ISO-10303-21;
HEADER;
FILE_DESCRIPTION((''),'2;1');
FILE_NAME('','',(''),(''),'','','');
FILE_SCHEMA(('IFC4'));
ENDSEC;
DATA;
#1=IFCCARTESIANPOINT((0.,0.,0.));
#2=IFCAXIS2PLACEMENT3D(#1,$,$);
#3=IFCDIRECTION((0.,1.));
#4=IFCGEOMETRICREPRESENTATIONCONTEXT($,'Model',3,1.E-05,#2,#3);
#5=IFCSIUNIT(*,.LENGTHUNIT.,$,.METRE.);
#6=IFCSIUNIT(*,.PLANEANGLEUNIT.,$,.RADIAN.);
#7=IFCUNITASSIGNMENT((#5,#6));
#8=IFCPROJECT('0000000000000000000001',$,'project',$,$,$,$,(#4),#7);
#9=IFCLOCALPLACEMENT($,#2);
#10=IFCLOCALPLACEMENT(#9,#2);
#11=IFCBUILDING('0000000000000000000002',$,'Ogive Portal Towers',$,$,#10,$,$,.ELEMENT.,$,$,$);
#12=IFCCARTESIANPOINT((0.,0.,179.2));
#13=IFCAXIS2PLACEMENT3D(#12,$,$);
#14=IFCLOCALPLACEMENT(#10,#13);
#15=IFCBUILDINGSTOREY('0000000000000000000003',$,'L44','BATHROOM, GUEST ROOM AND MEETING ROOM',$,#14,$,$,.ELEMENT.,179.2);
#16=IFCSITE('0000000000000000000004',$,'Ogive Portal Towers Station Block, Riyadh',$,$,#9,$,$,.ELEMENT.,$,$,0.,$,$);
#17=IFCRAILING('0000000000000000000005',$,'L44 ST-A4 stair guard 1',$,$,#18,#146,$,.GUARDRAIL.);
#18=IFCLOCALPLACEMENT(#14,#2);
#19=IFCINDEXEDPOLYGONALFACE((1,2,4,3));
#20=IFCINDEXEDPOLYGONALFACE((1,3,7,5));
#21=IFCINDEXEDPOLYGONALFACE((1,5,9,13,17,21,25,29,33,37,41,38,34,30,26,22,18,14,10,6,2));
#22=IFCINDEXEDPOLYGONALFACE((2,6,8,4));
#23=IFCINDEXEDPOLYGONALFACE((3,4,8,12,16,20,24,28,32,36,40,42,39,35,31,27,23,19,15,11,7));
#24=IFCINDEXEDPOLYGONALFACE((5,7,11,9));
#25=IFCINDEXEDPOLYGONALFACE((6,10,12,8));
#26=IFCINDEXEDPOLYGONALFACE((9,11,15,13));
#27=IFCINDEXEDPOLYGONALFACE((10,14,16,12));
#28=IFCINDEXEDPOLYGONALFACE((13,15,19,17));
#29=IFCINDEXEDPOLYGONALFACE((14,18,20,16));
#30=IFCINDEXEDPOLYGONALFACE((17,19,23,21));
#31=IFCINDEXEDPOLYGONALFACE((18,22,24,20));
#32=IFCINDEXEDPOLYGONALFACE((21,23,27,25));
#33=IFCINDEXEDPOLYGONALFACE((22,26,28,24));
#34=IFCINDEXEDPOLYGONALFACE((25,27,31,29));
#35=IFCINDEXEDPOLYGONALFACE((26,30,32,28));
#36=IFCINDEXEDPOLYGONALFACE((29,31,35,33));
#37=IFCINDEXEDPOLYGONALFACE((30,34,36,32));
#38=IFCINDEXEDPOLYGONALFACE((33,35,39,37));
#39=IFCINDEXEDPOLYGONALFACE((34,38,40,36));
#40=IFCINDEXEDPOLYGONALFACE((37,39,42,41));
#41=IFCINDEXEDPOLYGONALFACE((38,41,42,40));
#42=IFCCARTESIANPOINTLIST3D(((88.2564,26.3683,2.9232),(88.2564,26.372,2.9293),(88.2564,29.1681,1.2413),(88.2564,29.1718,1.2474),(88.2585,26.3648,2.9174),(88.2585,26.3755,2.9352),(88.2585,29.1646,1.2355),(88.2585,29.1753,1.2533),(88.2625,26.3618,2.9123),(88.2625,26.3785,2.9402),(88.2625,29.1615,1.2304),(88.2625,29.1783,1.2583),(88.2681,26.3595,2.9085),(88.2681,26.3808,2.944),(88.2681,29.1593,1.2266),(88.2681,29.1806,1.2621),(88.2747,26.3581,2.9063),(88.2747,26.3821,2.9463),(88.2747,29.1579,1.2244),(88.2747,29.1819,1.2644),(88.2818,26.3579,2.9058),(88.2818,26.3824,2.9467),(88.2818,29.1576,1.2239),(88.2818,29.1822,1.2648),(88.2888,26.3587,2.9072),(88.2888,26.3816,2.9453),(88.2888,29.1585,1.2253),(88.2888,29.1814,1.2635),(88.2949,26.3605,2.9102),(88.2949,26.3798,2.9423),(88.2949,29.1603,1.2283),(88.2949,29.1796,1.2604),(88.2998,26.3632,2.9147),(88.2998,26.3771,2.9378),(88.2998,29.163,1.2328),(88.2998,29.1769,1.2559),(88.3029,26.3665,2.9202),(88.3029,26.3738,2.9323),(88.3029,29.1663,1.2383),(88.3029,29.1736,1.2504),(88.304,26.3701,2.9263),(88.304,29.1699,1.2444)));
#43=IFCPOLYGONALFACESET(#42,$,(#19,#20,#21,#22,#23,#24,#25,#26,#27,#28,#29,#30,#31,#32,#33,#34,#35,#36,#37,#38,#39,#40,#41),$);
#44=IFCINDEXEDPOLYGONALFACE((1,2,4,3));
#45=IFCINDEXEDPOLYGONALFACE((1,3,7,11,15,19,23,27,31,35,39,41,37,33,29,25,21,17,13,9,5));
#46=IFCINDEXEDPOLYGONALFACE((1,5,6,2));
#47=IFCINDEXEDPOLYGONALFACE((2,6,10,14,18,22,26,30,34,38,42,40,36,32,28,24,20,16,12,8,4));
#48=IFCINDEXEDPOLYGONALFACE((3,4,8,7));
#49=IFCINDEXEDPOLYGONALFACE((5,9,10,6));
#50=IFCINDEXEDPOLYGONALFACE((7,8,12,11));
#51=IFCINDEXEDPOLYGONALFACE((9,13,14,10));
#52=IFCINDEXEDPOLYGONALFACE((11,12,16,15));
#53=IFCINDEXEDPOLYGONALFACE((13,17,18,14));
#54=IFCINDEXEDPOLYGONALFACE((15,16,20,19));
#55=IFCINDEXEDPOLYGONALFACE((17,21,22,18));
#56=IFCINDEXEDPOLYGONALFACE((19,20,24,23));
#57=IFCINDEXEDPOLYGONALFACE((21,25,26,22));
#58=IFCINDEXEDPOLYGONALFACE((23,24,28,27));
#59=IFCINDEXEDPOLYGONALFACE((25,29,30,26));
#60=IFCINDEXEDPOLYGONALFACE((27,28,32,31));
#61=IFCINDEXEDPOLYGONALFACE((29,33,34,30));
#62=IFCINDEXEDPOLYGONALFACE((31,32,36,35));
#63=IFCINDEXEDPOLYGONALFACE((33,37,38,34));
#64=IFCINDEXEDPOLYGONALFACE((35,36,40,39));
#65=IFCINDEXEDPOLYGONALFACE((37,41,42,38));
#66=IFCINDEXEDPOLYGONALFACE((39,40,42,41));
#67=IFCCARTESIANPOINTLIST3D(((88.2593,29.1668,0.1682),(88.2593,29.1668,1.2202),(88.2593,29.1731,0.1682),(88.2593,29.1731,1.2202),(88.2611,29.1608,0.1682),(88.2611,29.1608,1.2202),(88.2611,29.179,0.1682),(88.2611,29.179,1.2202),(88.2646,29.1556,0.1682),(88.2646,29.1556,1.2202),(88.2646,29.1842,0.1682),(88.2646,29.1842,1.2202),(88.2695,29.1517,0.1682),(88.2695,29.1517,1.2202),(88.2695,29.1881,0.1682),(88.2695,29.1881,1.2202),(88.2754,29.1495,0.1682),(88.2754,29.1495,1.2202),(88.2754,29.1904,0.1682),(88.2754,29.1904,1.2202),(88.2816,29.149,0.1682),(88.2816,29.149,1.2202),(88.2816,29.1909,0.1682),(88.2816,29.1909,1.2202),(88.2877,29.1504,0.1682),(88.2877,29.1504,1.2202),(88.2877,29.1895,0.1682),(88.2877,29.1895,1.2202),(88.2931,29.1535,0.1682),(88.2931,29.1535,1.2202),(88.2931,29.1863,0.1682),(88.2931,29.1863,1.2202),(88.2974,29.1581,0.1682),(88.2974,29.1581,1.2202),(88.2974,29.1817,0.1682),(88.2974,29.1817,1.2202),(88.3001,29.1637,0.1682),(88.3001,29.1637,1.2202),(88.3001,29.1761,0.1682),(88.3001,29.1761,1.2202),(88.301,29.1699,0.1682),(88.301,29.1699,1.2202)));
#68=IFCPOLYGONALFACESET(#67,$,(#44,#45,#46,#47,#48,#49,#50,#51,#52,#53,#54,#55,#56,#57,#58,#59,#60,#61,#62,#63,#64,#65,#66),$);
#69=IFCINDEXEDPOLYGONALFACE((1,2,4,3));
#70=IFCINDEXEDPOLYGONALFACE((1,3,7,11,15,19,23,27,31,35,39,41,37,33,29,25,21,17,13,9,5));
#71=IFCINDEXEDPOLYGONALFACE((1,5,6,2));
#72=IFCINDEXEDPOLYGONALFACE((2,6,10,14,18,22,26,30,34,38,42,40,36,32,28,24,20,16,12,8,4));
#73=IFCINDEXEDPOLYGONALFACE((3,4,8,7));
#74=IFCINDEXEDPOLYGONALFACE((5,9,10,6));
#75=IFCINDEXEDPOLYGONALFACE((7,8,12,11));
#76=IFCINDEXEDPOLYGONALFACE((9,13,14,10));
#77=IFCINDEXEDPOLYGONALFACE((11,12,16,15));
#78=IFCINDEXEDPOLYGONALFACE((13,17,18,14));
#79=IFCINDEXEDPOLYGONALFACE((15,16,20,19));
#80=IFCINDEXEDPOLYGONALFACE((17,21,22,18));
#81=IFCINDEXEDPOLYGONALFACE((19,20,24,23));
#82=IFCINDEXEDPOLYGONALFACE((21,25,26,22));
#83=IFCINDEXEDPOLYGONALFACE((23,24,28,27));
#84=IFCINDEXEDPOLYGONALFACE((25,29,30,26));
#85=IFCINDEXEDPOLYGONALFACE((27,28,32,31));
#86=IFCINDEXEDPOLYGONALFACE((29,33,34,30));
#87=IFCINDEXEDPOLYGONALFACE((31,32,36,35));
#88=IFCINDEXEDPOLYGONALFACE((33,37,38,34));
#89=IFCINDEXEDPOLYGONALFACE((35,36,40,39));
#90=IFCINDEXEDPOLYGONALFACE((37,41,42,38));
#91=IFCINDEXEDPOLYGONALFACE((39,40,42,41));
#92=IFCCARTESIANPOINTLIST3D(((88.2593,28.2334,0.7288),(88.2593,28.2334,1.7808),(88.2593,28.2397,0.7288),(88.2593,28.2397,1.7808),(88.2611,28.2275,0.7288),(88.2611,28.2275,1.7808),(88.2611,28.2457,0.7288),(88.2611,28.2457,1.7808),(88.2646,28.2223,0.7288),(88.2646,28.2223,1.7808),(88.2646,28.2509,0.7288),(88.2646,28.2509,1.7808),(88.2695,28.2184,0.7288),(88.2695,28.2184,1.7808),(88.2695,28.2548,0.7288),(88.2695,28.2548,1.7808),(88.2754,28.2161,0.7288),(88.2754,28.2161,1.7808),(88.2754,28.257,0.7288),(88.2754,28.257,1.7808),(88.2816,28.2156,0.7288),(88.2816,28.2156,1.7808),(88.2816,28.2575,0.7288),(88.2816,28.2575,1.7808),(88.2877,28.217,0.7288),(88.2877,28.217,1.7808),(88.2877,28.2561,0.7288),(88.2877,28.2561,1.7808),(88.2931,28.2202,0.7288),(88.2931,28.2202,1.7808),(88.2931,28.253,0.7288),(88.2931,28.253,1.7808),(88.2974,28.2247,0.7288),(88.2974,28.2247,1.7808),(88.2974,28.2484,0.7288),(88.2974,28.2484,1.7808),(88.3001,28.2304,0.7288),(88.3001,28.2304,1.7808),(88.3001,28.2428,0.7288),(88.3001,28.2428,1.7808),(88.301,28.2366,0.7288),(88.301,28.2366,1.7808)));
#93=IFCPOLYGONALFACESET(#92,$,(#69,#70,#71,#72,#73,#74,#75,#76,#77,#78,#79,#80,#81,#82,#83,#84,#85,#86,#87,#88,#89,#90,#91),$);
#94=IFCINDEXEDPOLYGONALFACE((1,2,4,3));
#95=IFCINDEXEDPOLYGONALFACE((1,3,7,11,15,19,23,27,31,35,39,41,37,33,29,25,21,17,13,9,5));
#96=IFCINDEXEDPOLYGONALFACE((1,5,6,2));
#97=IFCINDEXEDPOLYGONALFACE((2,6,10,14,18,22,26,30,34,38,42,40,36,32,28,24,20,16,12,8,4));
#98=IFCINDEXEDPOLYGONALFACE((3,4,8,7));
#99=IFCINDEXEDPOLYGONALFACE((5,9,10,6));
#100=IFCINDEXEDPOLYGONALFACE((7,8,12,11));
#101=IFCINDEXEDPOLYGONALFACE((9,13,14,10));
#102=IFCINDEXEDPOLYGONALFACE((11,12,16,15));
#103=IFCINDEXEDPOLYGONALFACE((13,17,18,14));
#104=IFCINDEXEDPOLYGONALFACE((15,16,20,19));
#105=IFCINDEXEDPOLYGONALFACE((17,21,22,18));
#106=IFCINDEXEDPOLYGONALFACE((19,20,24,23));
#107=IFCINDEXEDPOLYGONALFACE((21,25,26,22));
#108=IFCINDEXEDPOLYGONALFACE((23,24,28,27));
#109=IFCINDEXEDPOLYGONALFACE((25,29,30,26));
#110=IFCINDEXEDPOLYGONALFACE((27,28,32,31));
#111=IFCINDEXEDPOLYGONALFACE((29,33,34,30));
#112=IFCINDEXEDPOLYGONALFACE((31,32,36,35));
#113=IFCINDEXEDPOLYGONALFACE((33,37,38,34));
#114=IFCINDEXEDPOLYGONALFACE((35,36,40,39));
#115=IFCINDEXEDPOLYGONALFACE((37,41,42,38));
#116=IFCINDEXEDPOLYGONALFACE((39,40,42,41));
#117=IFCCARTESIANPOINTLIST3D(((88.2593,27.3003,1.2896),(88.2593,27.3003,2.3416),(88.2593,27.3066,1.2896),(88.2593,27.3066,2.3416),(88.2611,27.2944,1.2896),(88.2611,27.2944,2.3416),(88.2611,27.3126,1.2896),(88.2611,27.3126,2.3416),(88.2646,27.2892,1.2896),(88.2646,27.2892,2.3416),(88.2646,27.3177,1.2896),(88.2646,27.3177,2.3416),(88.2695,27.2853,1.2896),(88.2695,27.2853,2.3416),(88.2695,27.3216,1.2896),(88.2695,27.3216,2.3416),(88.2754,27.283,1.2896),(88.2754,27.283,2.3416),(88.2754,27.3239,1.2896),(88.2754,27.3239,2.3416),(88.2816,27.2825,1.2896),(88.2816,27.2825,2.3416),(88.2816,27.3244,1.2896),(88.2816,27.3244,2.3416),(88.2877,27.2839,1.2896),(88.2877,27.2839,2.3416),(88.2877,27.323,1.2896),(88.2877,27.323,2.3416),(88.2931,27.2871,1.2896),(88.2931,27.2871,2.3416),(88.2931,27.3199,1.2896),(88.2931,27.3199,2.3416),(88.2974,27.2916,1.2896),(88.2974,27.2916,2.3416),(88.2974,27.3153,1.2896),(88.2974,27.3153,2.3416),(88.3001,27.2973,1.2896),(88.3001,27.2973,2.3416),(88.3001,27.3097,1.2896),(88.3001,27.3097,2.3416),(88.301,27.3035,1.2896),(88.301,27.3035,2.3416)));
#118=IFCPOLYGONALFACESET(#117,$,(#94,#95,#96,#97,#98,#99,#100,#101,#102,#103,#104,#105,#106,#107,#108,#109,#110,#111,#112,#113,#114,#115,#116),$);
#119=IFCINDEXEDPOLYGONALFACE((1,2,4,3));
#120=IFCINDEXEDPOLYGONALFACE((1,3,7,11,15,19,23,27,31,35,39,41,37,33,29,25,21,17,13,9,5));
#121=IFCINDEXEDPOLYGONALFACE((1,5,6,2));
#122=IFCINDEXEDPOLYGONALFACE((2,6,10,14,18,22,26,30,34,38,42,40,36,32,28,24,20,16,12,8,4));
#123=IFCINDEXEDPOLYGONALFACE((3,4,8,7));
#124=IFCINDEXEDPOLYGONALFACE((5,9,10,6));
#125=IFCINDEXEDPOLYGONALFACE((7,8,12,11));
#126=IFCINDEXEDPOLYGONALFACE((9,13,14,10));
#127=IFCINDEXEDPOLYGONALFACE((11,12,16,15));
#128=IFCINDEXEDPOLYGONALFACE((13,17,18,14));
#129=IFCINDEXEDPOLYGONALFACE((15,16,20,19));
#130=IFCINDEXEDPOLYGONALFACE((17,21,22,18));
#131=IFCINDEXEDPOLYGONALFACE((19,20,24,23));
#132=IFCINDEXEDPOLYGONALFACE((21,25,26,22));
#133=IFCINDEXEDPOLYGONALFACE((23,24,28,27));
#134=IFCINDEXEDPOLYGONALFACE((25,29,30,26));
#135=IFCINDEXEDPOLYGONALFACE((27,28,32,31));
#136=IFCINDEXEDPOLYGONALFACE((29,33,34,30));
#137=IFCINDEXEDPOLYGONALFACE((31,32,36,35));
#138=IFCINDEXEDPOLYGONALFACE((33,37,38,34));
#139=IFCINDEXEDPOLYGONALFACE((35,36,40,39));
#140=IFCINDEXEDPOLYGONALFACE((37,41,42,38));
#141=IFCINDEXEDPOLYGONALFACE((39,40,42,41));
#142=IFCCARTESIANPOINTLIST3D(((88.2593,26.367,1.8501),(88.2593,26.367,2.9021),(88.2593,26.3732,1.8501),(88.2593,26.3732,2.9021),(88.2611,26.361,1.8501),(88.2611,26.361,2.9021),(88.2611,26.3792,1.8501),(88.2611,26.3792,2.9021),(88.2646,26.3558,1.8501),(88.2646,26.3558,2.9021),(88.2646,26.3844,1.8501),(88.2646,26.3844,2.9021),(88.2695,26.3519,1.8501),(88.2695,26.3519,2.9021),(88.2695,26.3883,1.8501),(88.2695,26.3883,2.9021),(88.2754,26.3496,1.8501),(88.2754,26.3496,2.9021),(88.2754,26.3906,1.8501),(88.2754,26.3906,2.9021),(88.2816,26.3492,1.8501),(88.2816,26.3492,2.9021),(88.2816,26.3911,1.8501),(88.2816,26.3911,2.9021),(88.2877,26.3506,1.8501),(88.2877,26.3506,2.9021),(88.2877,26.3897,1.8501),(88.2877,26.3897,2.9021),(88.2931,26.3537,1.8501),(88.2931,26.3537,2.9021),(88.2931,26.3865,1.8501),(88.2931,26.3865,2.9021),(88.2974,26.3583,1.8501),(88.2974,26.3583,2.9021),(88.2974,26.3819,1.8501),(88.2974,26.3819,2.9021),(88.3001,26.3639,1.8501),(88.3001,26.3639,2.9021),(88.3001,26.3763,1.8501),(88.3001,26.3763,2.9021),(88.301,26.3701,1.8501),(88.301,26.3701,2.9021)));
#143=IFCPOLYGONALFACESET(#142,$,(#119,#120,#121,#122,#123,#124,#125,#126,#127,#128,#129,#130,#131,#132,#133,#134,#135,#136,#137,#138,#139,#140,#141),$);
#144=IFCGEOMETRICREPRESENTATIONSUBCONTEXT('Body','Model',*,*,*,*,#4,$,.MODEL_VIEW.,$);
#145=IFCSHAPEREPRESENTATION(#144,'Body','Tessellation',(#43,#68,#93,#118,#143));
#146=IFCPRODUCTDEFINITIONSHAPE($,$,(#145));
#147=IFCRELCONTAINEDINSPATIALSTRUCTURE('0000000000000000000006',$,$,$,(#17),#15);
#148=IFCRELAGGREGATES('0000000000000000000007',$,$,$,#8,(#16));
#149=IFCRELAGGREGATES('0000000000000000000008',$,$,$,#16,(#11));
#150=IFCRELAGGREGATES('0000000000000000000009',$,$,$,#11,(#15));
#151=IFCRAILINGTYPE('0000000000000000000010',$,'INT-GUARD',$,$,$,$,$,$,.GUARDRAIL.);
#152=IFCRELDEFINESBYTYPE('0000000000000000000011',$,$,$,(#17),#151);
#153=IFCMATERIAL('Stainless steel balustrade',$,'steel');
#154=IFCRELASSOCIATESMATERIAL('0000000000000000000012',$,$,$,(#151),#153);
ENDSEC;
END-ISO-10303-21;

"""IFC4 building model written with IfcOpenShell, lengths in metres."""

from ifc_helpers import new_model, si_unit, direction, frame, origin, origin_2d, place, context, subcontext, project, spatial, circle, extrude, material, type_object, element, save


model = new_model("IFC4")

# Units and contexts
model_context = context("Model", 3, precision=1e-05, world=origin(), true_north=direction((0.0, 1.0)))
body_context = subcontext(model_context, "Body", "Model", "MODEL_VIEW")
ifc_project = project(units=[si_unit("LENGTHUNIT", "METRE"), si_unit("PLANEANGLEUNIT", "RADIAN")], contexts=[model_context])

# Site, building, storey
site_placement = place(None, origin())
site = spatial("IfcSite", under=ifc_project, at=site_placement, Name="Ogive Portal Towers Station Block, Riyadh", CompositionType="ELEMENT", RefElevation=0.0)
building_placement = place(site_placement, origin())
building = spatial("IfcBuilding", under=site, at=building_placement, Name="Ogive Portal Towers", CompositionType="ELEMENT")
storey_placement = place(building_placement, frame((0.0, 0.0, 179.2)))
storey = spatial("IfcBuildingStorey", under=building, at=storey_placement, Name="L44", Description="BATHROOM, GUEST ROOM AND MEETING ROOM", CompositionType="ELEMENT", Elevation=179.2)

# Railing
ifc_material_1 = material(Name="Stainless steel balustrade", Category="steel")
railing_type_1 = type_object("IfcRailingType", Name="INT-GUARD", PredefinedType="GUARDRAIL", material=ifc_material_1)
railing_1_placement = place(storey_placement, frame((88.28, 29.1699, 0.1682)))
element("IfcRailing", 1, at=railing_1_placement, inside=storey, type_object=railing_type_1, Name="L44 ST-A4 stair guard 1", PredefinedType="GUARDRAIL", context=body_context, shape_type="SweptSolid", body=[
    extrude(circle(Radius=0.0239, at=origin_2d()), frame((0.0, 0.0, 1.0762), z_axis=(0.0, -0.857222, 0.514946), x_axis=(1.0, 0.0, 0.0)), (0.0, 0.0, 1.0), 3.2661),
    extrude(circle(Radius=0.021, at=origin_2d()), origin(), (0.0, 0.0, 1.0), 1.052),
    extrude(circle(Radius=0.021, at=origin_2d()), frame((0.0, -0.9333, 0.5605)), (0.0, 0.0, 1.0), 1.052),
    extrude(circle(Radius=0.021, at=origin_2d()), frame((0.0, -1.8665, 1.1213)), (0.0, 0.0, 1.0), 1.052),
    extrude(circle(Radius=0.021, at=origin_2d()), frame((0.0, -2.7998, 1.6819)), (0.0, 0.0, 1.0), 1.052),
])

save(model, "model.ifc")
